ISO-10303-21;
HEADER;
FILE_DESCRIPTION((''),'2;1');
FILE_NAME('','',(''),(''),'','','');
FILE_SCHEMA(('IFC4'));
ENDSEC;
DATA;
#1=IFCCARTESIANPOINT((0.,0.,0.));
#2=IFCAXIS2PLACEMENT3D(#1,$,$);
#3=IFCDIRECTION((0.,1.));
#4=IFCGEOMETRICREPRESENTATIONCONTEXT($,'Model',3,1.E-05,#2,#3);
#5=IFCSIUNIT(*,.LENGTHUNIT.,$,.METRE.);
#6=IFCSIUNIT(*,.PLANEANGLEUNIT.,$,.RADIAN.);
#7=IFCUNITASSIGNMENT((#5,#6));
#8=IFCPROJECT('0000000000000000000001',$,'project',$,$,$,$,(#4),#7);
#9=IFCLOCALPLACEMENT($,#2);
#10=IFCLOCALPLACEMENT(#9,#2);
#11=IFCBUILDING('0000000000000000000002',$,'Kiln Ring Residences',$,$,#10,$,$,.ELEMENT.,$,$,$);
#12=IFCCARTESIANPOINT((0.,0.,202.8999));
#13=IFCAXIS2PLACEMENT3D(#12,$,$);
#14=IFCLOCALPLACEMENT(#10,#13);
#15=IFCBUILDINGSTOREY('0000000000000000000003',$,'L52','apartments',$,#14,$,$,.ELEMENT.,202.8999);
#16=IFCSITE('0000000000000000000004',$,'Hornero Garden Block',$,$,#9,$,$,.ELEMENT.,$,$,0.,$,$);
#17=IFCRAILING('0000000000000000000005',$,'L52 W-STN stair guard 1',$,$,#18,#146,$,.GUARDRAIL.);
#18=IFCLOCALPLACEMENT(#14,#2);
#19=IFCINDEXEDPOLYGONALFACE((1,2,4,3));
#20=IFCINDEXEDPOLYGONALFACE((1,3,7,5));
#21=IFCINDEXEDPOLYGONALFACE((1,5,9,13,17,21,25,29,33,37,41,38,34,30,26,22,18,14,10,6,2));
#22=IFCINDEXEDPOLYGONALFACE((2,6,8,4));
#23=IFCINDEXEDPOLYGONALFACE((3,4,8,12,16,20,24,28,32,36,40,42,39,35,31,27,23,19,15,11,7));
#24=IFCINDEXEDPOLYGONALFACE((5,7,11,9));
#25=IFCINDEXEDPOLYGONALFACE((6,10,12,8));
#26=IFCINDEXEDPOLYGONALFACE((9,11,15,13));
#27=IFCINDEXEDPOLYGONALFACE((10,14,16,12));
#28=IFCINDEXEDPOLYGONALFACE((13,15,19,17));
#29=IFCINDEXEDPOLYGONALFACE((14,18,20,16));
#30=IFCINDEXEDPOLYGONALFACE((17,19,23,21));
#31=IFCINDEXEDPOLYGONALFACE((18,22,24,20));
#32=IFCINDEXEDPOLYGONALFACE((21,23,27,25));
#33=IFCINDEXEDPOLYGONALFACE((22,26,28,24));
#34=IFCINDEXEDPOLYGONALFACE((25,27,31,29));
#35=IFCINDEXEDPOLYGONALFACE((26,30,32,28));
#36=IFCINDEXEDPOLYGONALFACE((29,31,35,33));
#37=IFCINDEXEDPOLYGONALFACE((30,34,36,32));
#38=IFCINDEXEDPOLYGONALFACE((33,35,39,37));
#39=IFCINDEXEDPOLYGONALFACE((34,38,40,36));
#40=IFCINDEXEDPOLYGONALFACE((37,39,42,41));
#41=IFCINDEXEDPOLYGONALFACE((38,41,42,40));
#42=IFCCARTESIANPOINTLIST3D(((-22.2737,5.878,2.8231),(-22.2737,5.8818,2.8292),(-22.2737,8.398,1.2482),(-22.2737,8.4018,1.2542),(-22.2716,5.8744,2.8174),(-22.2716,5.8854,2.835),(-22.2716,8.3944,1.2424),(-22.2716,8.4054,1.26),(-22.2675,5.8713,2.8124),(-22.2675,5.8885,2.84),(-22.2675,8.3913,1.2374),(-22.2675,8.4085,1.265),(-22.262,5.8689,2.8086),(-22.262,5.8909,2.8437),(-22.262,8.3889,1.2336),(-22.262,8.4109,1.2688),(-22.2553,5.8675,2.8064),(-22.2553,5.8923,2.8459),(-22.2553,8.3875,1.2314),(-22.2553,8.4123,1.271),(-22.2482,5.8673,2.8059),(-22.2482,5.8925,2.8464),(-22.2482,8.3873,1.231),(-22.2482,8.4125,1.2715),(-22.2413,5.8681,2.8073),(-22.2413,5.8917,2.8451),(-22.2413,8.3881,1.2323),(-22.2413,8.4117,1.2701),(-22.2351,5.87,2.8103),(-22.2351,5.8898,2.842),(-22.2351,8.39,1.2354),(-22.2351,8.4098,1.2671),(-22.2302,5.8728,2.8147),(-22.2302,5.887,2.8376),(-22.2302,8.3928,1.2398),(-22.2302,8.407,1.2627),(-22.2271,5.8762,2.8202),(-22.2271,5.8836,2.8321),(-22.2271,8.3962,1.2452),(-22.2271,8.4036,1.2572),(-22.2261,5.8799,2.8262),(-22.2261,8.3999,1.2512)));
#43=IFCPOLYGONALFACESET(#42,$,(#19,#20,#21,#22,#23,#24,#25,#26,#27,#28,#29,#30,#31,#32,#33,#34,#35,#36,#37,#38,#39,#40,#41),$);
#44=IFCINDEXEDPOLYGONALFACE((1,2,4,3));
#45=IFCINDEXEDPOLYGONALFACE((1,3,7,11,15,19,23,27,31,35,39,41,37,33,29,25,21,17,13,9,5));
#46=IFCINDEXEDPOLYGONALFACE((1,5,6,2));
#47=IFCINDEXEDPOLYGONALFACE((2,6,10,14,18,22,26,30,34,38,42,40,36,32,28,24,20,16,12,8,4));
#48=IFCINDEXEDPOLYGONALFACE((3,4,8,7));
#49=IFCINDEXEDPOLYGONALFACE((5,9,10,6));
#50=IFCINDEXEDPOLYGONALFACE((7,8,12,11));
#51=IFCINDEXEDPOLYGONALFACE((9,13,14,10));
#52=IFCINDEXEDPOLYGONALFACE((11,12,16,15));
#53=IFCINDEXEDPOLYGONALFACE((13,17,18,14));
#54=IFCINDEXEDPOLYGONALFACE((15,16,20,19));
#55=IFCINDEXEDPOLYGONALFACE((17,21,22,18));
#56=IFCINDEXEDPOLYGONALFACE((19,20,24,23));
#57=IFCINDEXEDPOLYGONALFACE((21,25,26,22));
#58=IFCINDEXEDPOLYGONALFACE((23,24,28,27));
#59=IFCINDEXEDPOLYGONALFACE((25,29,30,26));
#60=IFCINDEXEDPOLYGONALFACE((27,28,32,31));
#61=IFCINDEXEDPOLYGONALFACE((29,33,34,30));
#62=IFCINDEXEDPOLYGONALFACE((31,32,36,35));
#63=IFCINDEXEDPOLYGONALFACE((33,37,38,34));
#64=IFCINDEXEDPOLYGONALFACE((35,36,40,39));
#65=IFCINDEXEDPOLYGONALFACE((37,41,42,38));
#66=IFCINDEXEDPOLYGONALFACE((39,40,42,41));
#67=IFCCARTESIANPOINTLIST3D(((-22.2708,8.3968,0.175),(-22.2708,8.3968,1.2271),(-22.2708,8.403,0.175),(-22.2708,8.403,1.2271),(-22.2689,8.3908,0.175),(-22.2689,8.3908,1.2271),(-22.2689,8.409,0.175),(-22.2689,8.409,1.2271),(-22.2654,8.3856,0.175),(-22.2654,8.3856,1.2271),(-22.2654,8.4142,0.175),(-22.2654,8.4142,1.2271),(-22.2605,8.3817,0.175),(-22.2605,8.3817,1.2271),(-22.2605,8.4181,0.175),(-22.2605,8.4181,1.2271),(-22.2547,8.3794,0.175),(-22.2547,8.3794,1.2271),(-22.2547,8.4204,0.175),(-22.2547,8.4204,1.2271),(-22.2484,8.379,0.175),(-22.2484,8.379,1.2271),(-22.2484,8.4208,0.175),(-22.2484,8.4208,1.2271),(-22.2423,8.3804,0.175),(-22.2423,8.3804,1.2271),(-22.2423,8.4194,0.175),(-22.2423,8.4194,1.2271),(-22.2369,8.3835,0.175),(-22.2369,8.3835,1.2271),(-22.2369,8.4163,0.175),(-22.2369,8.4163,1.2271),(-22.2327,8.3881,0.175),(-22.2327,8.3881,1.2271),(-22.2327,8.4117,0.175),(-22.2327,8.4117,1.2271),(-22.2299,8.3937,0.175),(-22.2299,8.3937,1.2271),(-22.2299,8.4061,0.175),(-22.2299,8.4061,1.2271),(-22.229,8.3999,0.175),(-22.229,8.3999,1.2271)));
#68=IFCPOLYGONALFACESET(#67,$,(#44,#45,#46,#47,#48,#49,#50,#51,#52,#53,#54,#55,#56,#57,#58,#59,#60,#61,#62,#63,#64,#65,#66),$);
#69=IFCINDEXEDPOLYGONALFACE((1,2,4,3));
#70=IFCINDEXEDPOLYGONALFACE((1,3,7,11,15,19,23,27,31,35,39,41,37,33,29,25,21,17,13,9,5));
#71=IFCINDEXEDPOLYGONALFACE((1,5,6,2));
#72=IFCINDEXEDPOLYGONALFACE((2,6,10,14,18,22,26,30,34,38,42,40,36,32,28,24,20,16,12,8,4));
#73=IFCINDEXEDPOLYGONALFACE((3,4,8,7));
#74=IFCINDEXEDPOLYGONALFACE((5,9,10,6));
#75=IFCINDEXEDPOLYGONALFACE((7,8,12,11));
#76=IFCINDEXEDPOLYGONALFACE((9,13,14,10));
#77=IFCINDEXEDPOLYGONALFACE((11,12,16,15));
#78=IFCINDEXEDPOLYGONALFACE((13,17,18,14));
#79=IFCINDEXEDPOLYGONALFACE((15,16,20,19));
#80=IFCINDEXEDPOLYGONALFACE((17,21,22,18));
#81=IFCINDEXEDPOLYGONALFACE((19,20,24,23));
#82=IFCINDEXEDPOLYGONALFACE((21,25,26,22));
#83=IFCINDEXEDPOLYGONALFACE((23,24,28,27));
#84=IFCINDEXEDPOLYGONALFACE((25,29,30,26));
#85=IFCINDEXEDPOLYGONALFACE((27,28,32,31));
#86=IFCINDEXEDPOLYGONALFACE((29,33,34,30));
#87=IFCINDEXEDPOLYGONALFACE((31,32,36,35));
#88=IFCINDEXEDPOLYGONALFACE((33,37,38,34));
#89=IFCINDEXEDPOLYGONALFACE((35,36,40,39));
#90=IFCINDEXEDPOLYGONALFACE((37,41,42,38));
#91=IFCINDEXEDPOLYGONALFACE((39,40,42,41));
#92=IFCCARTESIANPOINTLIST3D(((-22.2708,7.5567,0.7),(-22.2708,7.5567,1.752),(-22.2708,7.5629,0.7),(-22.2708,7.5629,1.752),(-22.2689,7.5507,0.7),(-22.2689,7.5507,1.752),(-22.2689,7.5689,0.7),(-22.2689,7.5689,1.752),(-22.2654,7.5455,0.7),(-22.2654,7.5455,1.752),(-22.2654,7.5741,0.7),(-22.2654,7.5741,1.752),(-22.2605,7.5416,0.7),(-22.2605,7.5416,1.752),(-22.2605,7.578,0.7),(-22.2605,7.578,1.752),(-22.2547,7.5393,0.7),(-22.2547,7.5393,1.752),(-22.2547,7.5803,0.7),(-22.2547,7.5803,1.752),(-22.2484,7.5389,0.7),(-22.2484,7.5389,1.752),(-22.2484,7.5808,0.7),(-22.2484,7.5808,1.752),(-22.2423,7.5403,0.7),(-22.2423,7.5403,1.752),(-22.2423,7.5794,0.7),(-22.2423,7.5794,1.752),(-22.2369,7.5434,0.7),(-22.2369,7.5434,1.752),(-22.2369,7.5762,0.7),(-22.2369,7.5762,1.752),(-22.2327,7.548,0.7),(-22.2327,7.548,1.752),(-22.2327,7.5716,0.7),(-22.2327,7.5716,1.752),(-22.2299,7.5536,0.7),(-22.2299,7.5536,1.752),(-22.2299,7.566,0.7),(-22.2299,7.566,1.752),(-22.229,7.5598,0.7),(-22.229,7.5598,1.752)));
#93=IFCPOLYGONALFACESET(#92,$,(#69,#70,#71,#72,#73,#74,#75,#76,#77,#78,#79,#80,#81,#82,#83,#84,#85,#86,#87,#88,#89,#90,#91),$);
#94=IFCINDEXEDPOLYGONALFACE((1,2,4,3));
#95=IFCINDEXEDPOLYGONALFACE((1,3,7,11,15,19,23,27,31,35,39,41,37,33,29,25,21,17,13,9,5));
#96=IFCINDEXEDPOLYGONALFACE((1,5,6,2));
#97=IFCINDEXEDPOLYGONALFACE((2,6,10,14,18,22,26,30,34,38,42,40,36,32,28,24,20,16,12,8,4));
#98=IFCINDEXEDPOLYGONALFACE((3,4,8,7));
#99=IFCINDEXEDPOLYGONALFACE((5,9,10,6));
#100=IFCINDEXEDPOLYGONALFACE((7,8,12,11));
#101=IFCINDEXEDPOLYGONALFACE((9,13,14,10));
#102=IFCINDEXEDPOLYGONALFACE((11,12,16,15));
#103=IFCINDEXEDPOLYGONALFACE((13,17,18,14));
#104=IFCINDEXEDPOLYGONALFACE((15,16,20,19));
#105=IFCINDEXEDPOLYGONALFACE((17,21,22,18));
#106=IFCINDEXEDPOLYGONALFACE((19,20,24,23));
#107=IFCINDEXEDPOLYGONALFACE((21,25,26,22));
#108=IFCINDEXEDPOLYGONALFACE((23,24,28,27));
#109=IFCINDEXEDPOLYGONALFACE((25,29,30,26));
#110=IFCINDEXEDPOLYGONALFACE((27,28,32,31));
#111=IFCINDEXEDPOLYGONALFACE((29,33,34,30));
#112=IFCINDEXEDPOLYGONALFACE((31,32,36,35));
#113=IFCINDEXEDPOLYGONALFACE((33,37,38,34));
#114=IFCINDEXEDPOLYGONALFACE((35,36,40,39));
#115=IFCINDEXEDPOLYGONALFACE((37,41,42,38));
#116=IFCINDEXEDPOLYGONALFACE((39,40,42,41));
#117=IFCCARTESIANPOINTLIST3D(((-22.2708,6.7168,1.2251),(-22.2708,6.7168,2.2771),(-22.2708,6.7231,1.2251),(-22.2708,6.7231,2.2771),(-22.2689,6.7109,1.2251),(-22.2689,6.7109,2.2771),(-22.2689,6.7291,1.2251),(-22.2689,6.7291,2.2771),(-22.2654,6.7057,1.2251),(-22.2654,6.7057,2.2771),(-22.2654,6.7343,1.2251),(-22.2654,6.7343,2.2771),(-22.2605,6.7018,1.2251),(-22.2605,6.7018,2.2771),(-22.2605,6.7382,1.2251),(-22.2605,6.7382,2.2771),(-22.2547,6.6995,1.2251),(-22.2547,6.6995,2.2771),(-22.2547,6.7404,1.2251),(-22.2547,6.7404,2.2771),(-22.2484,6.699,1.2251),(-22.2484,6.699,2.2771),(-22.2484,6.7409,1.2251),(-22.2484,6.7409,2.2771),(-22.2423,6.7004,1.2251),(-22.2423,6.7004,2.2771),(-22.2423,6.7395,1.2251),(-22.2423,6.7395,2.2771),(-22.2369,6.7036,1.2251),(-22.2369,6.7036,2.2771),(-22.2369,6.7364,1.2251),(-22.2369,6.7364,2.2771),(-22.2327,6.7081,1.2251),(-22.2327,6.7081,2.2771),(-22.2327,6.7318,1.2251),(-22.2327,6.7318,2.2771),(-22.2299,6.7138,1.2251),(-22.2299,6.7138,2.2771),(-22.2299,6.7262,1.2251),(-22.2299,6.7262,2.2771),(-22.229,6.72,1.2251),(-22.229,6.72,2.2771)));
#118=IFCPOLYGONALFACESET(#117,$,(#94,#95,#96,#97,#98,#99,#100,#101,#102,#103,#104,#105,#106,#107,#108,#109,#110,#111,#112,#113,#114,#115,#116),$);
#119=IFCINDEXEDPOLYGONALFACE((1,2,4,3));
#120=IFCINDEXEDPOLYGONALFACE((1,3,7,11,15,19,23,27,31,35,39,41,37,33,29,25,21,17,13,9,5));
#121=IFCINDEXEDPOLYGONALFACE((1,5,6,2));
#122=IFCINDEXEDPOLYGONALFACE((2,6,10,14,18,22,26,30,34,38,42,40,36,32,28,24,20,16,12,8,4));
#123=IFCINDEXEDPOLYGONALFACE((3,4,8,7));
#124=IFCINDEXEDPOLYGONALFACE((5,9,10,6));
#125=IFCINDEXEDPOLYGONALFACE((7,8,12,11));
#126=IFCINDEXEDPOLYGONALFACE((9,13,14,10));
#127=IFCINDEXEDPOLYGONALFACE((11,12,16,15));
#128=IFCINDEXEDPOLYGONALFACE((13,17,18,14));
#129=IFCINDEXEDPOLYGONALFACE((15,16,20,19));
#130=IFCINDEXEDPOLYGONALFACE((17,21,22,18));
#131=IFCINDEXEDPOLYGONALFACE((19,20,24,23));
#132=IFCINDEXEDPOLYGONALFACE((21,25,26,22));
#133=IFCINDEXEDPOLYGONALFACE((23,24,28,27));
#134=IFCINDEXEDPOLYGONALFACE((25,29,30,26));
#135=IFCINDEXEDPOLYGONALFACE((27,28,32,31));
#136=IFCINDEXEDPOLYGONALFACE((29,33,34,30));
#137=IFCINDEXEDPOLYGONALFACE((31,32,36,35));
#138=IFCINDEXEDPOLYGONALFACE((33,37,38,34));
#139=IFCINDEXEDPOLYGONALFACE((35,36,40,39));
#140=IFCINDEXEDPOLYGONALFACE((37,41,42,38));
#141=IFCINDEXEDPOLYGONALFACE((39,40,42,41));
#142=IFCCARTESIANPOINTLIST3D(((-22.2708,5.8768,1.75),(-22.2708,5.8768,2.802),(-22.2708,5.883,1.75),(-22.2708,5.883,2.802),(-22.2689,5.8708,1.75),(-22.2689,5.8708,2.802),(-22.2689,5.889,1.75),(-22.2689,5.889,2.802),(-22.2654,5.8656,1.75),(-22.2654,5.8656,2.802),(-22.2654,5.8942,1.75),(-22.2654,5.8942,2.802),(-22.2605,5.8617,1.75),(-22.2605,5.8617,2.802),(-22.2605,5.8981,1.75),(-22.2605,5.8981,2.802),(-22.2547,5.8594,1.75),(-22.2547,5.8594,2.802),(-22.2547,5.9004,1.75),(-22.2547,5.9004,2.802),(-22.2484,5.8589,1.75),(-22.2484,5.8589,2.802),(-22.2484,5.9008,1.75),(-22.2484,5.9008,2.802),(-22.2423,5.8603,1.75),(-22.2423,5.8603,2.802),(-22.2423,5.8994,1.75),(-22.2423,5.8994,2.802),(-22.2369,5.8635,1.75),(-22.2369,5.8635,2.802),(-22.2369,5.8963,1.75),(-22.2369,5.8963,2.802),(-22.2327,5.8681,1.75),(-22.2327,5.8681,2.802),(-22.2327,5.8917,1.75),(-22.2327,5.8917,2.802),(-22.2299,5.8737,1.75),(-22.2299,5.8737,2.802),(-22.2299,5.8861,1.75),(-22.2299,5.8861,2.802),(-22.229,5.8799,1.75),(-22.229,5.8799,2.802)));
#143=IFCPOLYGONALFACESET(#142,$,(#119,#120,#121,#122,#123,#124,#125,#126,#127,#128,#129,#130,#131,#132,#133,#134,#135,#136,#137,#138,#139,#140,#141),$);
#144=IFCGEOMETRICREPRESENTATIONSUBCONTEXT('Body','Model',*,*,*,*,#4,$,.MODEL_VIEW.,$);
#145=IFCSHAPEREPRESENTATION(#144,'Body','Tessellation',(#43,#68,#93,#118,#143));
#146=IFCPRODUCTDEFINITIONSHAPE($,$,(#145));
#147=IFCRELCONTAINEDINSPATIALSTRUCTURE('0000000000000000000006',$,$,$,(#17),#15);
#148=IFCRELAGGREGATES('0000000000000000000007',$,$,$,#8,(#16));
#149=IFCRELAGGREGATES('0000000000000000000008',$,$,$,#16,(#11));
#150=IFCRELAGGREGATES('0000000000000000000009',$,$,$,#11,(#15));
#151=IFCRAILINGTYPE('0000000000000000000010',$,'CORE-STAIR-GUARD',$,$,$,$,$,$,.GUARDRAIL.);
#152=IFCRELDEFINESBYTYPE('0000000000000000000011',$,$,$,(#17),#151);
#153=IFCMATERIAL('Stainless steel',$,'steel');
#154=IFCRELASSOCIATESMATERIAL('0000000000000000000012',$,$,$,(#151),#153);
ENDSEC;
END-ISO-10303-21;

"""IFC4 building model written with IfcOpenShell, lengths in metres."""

from ifc_helpers import new_model, si_unit, direction, frame, origin, origin_2d, place, context, subcontext, project, spatial, circle, extrude, material, type_object, element, save


model = new_model("IFC4")

# Units and contexts
model_context = context("Model", 3, precision=1e-05, world=origin(), true_north=direction((0.0, 1.0)))
body_context = subcontext(model_context, "Body", "Model", "MODEL_VIEW")
ifc_project = project(units=[si_unit("LENGTHUNIT", "METRE"), si_unit("PLANEANGLEUNIT", "RADIAN")], contexts=[model_context])

# Site, building, storey
site_placement = place(None, origin())
site = spatial("IfcSite", under=ifc_project, at=site_placement, Name="Hornero Garden Block", CompositionType="ELEMENT", RefElevation=0.0)
building_placement = place(site_placement, origin())
building = spatial("IfcBuilding", under=site, at=building_placement, Name="Kiln Ring Residences", CompositionType="ELEMENT")
storey_placement = place(building_placement, frame((0.0, 0.0, 202.8999)))
storey = spatial("IfcBuildingStorey", under=building, at=storey_placement, Name="L52", Description="apartments", CompositionType="ELEMENT", Elevation=202.8999)

# Railing
ifc_material_1 = material(Name="Stainless steel", Category="steel")
railing_type_1 = type_object("IfcRailingType", Name="CORE-STAIR-GUARD", PredefinedType="GUARDRAIL", material=ifc_material_1)
railing_1_placement = place(storey_placement, frame((-22.25, 8.3999, 0.175)))
element("IfcRailing", 1, at=railing_1_placement, inside=storey, type_object=railing_type_1, Name="L52 W-STN stair guard 1", PredefinedType="GUARDRAIL", context=body_context, shape_type="SweptSolid", body=[
    extrude(circle(Radius=0.0239, at=origin_2d()), frame((0.0, 0.0, 1.0762), z_axis=(0.0, -0.848008, 0.529984), x_axis=(1.0, 0.0, 0.0)), (0.0, 0.0, 1.0), 2.9717),
    extrude(circle(Radius=0.021, at=origin_2d()), origin(), (0.0, 0.0, 1.0), 1.052),
    extrude(circle(Radius=0.021, at=origin_2d()), frame((0.0, -0.8401, 0.5249)), (0.0, 0.0, 1.0), 1.052),
    extrude(circle(Radius=0.021, at=origin_2d()), frame((0.0, -1.6799, 1.05)), (0.0, 0.0, 1.0), 1.052),
    extrude(circle(Radius=0.021, at=origin_2d()), frame((0.0, -2.52, 1.575)), (0.0, 0.0, 1.0), 1.052),
])

save(model, "model.ifc")
